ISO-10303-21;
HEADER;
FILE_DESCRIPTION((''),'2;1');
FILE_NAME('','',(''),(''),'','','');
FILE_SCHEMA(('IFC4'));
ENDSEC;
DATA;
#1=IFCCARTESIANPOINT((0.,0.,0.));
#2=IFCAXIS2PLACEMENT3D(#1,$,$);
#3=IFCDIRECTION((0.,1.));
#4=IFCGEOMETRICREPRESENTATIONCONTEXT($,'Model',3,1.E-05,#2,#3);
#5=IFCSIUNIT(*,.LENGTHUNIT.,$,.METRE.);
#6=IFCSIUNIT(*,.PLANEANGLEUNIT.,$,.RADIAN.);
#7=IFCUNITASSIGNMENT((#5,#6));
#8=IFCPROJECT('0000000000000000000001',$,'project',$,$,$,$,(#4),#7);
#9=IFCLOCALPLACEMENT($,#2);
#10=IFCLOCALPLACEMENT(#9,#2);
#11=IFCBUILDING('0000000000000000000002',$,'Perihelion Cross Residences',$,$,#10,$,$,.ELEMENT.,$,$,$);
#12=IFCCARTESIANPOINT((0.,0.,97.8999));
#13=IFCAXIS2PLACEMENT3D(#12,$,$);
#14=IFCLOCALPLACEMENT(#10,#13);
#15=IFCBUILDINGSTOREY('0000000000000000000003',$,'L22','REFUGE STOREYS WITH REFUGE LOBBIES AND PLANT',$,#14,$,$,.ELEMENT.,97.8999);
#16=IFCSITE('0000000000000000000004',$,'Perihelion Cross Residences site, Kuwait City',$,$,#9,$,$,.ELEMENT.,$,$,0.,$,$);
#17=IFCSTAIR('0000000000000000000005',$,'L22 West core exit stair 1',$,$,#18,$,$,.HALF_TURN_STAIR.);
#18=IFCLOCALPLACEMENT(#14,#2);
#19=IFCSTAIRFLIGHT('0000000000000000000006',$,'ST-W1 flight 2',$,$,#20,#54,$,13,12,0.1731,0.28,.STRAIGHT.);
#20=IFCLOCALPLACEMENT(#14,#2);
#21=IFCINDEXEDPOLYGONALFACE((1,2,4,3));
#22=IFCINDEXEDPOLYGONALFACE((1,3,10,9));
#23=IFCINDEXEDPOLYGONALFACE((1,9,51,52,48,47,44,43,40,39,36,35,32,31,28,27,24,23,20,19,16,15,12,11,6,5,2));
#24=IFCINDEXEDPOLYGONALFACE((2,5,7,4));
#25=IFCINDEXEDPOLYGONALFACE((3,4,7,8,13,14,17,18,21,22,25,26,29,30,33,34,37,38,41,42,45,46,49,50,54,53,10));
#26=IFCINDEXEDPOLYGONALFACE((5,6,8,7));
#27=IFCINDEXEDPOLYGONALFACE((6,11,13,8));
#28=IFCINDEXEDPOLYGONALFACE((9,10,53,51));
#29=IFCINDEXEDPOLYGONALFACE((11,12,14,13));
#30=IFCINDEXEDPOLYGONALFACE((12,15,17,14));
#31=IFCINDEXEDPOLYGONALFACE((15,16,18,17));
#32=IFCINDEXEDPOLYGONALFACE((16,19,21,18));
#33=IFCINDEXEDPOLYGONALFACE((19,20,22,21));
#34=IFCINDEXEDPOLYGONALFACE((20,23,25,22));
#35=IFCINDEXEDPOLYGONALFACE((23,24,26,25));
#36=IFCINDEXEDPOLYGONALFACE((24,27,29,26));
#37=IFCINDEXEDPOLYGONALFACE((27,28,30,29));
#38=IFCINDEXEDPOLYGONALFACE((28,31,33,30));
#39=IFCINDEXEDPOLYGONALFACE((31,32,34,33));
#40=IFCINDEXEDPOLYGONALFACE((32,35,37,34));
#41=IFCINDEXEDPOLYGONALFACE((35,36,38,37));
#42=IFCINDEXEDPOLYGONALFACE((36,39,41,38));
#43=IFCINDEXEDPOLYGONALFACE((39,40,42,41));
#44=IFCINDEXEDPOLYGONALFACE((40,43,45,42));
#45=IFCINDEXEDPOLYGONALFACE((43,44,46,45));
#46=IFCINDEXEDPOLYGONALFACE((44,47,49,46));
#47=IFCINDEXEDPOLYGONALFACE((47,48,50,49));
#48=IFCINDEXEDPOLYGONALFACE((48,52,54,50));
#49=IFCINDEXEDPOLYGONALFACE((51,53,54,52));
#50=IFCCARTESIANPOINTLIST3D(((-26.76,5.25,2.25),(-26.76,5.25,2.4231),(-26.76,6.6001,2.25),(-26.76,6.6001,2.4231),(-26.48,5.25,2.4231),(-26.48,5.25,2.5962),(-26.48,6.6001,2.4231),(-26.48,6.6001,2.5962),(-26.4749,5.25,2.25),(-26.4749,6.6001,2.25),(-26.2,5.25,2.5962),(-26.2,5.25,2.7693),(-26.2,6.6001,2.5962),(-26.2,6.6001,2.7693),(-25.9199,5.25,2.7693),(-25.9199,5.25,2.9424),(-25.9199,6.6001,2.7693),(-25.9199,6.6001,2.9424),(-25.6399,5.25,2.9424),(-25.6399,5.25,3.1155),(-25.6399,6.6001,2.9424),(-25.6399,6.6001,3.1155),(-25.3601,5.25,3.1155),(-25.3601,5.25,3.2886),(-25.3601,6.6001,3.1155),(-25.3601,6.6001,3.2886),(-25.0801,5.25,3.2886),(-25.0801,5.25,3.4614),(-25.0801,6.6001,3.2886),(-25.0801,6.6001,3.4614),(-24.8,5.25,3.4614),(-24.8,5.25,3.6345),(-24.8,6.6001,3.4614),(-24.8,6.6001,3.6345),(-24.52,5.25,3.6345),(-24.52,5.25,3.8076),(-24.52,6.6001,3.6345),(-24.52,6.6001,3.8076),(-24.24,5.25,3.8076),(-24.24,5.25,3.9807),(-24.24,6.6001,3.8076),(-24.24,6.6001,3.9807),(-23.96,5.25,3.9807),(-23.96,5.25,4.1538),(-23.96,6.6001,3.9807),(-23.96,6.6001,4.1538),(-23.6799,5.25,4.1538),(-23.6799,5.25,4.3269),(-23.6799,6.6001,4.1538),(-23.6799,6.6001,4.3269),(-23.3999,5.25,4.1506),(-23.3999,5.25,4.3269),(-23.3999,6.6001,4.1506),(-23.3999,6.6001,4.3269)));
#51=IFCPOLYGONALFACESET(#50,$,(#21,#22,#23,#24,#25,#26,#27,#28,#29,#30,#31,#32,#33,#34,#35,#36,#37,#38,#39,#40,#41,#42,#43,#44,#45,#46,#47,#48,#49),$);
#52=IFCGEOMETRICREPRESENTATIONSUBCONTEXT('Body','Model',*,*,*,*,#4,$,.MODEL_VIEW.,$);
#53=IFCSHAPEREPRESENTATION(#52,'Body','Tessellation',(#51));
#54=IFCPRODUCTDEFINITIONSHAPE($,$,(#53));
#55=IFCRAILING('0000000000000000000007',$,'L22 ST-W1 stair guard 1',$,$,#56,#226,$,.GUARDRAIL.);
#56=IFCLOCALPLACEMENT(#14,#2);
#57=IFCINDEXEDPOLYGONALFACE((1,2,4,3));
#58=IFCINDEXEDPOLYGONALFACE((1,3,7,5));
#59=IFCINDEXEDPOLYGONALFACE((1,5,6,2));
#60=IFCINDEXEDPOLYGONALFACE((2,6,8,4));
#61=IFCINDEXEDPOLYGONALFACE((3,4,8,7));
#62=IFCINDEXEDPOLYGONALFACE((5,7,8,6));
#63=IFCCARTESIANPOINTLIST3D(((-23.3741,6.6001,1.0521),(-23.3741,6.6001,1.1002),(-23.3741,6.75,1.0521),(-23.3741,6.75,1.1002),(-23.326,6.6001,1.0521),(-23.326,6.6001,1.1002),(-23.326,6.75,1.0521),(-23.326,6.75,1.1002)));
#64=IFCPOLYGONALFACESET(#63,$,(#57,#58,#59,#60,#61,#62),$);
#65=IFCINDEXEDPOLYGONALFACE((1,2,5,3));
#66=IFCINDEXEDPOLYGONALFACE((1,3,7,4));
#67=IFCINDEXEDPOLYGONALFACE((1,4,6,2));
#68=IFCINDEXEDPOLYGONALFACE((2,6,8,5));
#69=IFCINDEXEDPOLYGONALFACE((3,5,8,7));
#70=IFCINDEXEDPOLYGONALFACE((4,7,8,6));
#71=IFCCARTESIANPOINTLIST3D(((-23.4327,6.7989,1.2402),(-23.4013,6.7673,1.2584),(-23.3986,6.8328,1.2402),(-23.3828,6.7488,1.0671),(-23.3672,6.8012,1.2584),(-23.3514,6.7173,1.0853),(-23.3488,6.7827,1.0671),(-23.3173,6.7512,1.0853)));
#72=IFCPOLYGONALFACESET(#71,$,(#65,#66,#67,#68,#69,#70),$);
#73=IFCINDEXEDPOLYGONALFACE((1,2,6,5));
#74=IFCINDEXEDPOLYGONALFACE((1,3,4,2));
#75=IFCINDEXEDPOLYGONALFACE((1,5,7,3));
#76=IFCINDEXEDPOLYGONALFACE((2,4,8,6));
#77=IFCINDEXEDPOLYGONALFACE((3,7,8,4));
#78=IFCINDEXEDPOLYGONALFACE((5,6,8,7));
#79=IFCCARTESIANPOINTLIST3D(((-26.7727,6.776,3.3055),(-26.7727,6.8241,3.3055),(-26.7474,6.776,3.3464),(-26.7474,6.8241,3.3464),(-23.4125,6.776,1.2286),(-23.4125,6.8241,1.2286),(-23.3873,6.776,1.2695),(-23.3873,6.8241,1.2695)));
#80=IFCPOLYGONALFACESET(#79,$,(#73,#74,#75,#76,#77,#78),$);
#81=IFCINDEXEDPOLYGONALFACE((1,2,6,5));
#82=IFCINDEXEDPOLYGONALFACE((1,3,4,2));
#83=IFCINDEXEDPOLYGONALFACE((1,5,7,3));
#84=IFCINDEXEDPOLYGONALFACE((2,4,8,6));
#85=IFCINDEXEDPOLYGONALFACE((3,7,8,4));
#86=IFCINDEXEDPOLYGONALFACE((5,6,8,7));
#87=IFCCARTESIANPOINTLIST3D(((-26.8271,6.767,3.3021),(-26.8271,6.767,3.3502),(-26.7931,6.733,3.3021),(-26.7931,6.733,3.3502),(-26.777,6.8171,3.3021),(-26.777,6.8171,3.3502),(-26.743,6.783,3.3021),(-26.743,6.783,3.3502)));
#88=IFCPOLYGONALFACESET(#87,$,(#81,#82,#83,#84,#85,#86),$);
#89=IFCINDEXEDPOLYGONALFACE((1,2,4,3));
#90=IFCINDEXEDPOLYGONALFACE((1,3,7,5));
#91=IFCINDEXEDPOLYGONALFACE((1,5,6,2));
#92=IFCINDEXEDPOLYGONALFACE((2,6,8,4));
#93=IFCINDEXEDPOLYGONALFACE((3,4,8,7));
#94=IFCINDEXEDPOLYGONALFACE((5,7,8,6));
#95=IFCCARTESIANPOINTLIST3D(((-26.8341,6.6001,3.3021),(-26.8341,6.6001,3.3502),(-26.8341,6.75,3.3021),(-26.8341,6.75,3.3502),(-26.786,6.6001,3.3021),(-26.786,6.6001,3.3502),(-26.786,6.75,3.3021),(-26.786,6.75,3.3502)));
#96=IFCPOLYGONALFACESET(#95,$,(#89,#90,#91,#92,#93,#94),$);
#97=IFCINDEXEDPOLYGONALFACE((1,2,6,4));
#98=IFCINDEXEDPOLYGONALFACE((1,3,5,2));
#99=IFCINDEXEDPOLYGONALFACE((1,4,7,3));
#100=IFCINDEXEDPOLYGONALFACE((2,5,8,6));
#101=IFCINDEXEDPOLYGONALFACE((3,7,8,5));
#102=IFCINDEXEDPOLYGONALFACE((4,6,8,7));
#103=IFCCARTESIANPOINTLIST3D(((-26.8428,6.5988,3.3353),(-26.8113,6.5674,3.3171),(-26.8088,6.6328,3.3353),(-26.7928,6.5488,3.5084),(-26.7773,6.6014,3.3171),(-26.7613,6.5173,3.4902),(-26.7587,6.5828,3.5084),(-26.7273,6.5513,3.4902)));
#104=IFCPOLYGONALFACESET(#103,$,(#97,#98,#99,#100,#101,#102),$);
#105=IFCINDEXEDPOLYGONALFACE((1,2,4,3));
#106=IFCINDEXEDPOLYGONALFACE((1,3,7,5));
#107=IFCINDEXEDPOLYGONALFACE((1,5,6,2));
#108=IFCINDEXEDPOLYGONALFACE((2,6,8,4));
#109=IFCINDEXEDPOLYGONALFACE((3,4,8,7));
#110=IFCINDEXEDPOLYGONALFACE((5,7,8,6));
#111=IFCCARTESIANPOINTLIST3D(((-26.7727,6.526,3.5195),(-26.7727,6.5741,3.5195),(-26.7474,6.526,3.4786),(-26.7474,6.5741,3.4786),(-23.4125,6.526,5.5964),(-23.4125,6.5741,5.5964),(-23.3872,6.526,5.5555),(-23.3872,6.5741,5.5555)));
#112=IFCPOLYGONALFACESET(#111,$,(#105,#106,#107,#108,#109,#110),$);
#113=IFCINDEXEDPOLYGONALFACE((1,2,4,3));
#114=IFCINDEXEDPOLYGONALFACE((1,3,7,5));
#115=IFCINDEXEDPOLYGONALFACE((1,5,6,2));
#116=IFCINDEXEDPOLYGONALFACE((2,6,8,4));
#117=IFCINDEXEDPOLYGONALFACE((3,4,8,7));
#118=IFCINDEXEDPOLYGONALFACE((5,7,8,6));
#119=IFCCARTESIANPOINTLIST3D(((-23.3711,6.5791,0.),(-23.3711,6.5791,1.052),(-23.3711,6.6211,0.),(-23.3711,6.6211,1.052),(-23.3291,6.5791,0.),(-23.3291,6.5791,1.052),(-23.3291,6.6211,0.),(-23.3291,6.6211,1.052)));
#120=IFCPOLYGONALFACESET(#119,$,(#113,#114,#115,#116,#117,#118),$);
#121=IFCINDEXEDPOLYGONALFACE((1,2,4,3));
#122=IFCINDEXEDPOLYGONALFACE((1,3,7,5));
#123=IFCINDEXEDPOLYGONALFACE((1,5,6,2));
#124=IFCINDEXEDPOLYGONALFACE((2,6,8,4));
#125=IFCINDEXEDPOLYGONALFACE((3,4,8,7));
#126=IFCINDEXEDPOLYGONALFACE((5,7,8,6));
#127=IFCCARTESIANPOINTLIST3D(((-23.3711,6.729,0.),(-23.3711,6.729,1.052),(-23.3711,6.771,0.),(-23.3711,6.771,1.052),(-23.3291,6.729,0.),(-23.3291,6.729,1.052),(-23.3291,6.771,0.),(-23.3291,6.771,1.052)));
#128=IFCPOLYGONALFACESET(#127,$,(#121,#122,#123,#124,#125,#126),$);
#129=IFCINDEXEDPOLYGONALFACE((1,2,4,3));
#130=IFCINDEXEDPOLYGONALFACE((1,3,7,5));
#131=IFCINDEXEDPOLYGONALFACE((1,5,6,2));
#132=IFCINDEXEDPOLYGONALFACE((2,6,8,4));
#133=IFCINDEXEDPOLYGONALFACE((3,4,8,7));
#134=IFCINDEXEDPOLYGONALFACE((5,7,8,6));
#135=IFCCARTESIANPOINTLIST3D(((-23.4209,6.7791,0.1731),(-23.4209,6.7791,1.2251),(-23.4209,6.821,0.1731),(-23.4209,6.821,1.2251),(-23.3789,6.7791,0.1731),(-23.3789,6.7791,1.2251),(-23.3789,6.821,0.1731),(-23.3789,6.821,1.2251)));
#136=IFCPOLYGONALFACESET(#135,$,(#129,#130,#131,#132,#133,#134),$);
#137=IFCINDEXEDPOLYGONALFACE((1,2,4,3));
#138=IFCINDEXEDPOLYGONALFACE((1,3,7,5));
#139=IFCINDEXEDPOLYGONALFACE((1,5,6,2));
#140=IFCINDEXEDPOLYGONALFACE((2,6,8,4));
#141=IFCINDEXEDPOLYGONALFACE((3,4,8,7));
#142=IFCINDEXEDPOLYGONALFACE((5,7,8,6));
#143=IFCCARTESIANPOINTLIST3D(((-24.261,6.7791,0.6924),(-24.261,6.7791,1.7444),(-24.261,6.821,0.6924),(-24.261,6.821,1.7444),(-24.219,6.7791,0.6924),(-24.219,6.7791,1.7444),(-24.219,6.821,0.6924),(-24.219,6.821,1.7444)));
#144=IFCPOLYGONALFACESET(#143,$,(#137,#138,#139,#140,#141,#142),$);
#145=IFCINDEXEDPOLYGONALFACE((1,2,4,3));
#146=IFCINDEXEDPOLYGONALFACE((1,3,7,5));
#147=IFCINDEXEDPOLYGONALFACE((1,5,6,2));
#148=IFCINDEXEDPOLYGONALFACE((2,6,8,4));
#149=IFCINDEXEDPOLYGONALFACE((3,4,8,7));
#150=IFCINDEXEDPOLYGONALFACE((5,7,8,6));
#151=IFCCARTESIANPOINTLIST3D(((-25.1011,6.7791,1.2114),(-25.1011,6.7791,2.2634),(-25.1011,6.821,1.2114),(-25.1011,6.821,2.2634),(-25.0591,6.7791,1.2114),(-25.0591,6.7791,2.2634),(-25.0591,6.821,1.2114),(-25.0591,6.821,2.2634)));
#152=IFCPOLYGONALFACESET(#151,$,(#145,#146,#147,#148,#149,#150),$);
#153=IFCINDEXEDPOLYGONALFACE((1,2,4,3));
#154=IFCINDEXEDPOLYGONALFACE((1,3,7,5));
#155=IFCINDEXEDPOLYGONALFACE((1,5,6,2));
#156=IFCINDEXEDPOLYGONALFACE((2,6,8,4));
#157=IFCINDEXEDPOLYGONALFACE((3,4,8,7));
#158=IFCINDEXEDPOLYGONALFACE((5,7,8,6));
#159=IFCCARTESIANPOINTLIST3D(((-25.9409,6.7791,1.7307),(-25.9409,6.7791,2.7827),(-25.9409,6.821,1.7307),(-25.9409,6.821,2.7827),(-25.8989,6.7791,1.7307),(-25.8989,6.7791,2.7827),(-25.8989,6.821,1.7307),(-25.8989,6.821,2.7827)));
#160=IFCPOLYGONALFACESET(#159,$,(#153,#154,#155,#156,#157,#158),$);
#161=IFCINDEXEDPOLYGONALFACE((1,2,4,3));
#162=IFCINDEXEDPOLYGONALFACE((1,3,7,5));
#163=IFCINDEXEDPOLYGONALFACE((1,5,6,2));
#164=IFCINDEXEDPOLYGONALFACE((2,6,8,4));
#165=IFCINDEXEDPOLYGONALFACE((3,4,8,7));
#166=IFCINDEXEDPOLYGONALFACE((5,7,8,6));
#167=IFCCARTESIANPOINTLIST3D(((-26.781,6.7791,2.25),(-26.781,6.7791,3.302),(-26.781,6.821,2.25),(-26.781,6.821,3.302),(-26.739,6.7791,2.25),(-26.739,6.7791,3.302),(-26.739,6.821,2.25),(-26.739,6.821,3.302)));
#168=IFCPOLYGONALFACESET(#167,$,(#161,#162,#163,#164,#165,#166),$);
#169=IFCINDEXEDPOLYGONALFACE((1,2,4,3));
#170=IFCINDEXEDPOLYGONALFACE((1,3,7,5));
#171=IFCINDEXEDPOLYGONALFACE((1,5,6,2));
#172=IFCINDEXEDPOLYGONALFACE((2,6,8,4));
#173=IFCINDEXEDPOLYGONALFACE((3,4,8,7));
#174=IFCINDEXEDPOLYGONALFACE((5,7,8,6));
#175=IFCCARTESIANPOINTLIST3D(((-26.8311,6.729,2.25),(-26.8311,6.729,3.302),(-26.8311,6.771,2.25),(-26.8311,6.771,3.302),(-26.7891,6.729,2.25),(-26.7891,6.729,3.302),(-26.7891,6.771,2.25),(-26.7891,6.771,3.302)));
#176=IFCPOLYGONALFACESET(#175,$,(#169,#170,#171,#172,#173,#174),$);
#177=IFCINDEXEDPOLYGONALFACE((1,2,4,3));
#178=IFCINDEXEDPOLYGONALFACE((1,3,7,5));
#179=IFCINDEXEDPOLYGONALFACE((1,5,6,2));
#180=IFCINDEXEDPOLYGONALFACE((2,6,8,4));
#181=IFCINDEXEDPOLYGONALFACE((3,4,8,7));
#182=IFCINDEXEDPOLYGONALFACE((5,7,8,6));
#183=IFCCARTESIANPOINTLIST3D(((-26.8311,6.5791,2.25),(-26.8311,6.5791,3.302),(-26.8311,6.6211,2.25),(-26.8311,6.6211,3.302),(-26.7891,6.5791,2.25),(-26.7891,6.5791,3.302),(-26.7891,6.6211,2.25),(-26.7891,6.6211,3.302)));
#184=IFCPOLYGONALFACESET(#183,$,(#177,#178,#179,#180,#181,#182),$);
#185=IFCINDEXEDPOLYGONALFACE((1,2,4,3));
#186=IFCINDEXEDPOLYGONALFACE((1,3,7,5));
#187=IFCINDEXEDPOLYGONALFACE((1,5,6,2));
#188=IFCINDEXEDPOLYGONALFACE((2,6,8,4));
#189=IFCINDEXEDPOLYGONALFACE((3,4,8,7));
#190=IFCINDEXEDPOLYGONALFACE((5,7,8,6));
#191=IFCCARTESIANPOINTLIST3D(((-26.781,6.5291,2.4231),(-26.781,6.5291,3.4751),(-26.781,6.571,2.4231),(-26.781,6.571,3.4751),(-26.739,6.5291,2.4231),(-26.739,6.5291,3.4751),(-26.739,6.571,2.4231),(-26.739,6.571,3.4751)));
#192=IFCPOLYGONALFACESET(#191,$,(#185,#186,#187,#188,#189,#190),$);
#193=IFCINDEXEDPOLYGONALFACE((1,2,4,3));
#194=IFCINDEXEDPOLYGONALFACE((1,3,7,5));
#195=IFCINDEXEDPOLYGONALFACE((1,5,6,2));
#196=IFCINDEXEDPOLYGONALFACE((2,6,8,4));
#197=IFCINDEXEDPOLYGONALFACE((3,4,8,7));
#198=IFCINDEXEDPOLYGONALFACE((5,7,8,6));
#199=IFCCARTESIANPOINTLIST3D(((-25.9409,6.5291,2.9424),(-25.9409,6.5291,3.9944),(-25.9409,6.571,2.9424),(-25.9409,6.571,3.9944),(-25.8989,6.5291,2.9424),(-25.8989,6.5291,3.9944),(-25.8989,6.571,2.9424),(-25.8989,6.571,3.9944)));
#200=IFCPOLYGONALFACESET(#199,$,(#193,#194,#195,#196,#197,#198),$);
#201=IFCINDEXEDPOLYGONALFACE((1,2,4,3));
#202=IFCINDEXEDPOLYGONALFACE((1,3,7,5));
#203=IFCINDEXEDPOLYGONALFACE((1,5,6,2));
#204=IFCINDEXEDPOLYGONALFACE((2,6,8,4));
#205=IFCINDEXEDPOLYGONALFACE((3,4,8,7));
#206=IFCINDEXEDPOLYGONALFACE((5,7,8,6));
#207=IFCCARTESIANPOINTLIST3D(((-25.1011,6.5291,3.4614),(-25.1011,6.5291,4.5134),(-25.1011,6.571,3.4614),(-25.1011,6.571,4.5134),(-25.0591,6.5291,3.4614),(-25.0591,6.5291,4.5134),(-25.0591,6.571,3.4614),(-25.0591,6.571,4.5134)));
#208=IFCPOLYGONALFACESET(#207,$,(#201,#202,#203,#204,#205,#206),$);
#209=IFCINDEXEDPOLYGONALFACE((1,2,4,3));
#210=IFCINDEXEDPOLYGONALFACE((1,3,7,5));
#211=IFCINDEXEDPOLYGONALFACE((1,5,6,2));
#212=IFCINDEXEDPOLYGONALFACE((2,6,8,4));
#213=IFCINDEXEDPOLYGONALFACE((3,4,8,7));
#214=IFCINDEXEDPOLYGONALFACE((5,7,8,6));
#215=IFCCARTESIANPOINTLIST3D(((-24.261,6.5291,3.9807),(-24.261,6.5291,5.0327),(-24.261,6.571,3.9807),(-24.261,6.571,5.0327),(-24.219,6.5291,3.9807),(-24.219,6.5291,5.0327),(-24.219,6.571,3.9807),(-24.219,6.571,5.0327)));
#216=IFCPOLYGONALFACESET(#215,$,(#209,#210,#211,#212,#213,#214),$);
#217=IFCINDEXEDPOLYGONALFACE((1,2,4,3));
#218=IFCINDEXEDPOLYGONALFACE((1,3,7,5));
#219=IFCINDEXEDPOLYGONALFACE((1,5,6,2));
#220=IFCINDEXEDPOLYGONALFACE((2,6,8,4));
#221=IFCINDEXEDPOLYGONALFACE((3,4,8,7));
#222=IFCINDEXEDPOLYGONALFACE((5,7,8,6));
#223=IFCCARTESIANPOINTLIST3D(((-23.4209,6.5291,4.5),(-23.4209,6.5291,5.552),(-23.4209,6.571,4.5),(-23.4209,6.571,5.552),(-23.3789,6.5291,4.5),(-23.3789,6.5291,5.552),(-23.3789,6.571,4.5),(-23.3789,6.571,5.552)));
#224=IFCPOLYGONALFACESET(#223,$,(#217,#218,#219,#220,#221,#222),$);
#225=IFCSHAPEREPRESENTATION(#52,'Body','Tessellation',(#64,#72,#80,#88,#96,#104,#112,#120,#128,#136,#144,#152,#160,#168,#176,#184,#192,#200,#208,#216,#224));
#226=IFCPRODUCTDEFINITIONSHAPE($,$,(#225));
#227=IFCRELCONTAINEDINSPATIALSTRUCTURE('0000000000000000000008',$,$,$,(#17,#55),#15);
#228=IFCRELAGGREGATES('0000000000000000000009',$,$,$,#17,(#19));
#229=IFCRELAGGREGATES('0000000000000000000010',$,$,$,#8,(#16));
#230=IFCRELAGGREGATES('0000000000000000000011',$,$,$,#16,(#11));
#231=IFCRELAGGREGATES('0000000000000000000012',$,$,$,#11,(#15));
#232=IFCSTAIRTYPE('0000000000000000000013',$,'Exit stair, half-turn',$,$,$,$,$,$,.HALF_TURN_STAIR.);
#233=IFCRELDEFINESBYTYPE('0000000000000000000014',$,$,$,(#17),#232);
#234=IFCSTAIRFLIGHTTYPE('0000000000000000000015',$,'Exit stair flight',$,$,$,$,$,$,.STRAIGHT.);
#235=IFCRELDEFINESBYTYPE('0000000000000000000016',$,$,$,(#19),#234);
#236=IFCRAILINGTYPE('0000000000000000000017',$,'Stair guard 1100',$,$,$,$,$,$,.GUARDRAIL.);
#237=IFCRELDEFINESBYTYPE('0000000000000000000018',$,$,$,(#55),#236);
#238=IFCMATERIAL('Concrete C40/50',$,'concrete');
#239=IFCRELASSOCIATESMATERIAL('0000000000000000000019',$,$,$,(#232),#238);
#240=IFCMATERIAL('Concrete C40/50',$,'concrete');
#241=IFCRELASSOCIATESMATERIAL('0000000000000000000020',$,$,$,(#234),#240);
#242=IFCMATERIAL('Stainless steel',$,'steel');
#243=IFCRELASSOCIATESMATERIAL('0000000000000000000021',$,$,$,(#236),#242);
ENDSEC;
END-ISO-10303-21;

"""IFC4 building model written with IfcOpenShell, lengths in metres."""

from ifc_helpers import new_model, si_unit, direction, frame, origin, origin_2d, place, context, subcontext, project, spatial, polyline, rectangle, outline, extrude, material, type_object, element, aggregate, save


model = new_model("IFC4")

# Units and contexts
model_context = context("Model", 3, precision=1e-05, world=origin(), true_north=direction((0.0, 1.0)))
body_context = subcontext(model_context, "Body", "Model", "MODEL_VIEW")
ifc_project = project(units=[si_unit("LENGTHUNIT", "METRE"), si_unit("PLANEANGLEUNIT", "RADIAN")], contexts=[model_context])

# Site, building, storey
site_placement = place(None, origin())
site = spatial("IfcSite", under=ifc_project, at=site_placement, Name="Perihelion Cross Residences site, Kuwait City", CompositionType="ELEMENT", RefElevation=0.0)
building_placement = place(site_placement, origin())
building = spatial("IfcBuilding", under=site, at=building_placement, Name="Perihelion Cross Residences", CompositionType="ELEMENT")
storey_placement = place(building_placement, frame((0.0, 0.0, 97.8999)))
storey = spatial("IfcBuildingStorey", under=building, at=storey_placement, Name="L22", Description="REFUGE STOREYS WITH REFUGE LOBBIES AND PLANT", CompositionType="ELEMENT", Elevation=97.8999)

# Stair, stair flight
ifc_material_1 = material(Name="Concrete C40/50", Category="concrete")
stair_type = type_object("IfcStairType", Name="Exit stair, half-turn", PredefinedType="HALF_TURN_STAIR", material=ifc_material_1)
stair_placement = place(storey_placement, origin())
stair = element("IfcStair", 1, at=stair_placement, inside=storey, type_object=stair_type, Name="L22 West core exit stair 1", PredefinedType="HALF_TURN_STAIR")
ifc_material_2 = material(Name="Concrete C40/50", Category="concrete")
stair_flight_type = type_object("IfcStairFlightType", Name="Exit stair flight", PredefinedType="STRAIGHT", material=ifc_material_2)
stair_flight_1_placement = place(storey_placement, frame((-26.76, 5.925, 2.25), z_axis=(0.0, 0.0, 1.0), x_axis=(1.0, 0.0, 0.0)))
stair_flight_1 = element("IfcStairFlight", 2, at=stair_flight_1_placement, type_object=stair_flight_type, Name="ST-W1 flight 2", NumberOfRisers=13, NumberOfTreads=12, PredefinedType="STRAIGHT", RiserHeight=0.1731, TreadLength=0.28, context=body_context, shape_type="SweptSolid", body=[
    extrude(outline(polyline([(0.0, 0.0), (0.0, 0.1731), (0.28, 0.1731), (0.28, 0.3462), (0.5601, 0.3462), (0.5601, 0.5193), (0.8401, 0.5193), (0.8401, 0.6924), (1.1201, 0.6924), (1.1201, 0.8655), (1.3999, 0.8655), (1.3999, 1.0386), (1.6799, 1.0386), (1.6799, 1.2114), (1.96, 1.2114), (1.96, 1.3845), (2.24, 1.3845), (2.24, 1.5576), (2.52, 1.5576), (2.52, 1.7307), (2.8, 1.7307), (2.8, 1.9038), (3.0801, 1.9038), (3.0801, 2.0769), (3.3601, 2.0769), (3.3601, 2.25), (3.3601, 1.9006), (0.2852, 0.0), (0.0, 0.0)])), frame((0.0, 0.675, 0.0), z_axis=(0.0, -1.0, 0.0), x_axis=(1.0, 0.0, 0.0)), (0.0, 0.0, 1.0), 1.3501),
])
aggregate(stair, [stair_flight_1])

# Railing
ifc_material_3 = material(Name="Stainless steel", Category="steel")
railing_type_1 = type_object("IfcRailingType", Name="Stair guard 1100", PredefinedType="GUARDRAIL", material=ifc_material_3)
railing_1_placement = place(storey_placement, frame((-23.3501, 6.6001, 0.0)))
element("IfcRailing", 3, at=railing_1_placement, inside=storey, type_object=railing_type_1, Name="L22 ST-W1 stair guard 1", PredefinedType="GUARDRAIL", context=body_context, shape_type="SweptSolid", body=[
    extrude(rectangle(XDim=0.0481, YDim=0.0481, at=origin_2d()), frame((0.0, 0.0, 1.0762), z_axis=(0.0, 1.0, 0.0), x_axis=(-1.0, 0.0, 0.0)), (0.0, 0.0, 1.0), 0.1499),
    extrude(rectangle(XDim=0.0481, YDim=0.0481, at=origin_2d()), frame((0.0, 0.1499, 1.0762), z_axis=(-0.266417, 0.267723, 0.92593), x_axis=(-0.708834, -0.705376, 0.0)), (0.0, 0.0, 1.0), 0.187),
    extrude(rectangle(XDim=0.0481, YDim=0.0481, at=origin_2d()), frame((-0.0498, 0.2, 1.249), z_axis=(-0.850623, 0.0, 0.525776), x_axis=(0.0, -1.0, 0.0)), (0.0, 0.0, 1.0), 3.9502),
    extrude(rectangle(XDim=0.0481, YDim=0.0481, at=origin_2d()), frame((-3.4099, 0.2, 3.3262), z_axis=(-0.707107, -0.707107, 0.0), x_axis=(0.707107, -0.707107, 0.0)), (0.0, 0.0, 1.0), 0.0708),
    extrude(rectangle(XDim=0.0481, YDim=0.0481, at=origin_2d()), frame((-3.46, 0.1499, 3.3262), z_axis=(0.0, -1.0, 0.0), x_axis=(1.0, 0.0, 0.0)), (0.0, 0.0, 1.0), 0.1499),
    extrude(rectangle(XDim=0.0481, YDim=0.0481, at=origin_2d()), frame((-3.46, 0.0, 3.3262), z_axis=(0.26763, -0.26763, 0.925607), x_axis=(0.707107, 0.707107, 0.0)), (0.0, 0.0, 1.0), 0.187),
    extrude(rectangle(XDim=0.0481, YDim=0.0481, at=origin_2d()), frame((-3.4099, -0.05, 3.499), z_axis=(0.850623, 0.0, 0.525776), x_axis=(0.0, 1.0, 0.0)), (0.0, 0.0, 1.0), 3.9502),
    extrude(rectangle(XDim=0.042, YDim=0.042, at=origin_2d()), origin(), (0.0, 0.0, 1.0), 1.052),
    extrude(rectangle(XDim=0.042, YDim=0.042, at=origin_2d()), frame((0.0, 0.1499, 0.0)), (0.0, 0.0, 1.0), 1.052),
    extrude(rectangle(XDim=0.042, YDim=0.042, at=origin_2d()), frame((-0.0498, 0.2, 0.1731)), (0.0, 0.0, 1.0), 1.052),
    extrude(rectangle(XDim=0.042, YDim=0.042, at=origin_2d()), frame((-0.8899, 0.2, 0.6924)), (0.0, 0.0, 1.0), 1.052),
    extrude(rectangle(XDim=0.042, YDim=0.042, at=origin_2d()), frame((-1.73, 0.2, 1.2114)), (0.0, 0.0, 1.0), 1.052),
    extrude(rectangle(XDim=0.042, YDim=0.042, at=origin_2d()), frame((-2.5698, 0.2, 1.7307)), (0.0, 0.0, 1.0), 1.052),
    extrude(rectangle(XDim=0.042, YDim=0.042, at=origin_2d()), frame((-3.4099, 0.2, 2.25)), (0.0, 0.0, 1.0), 1.052),
    extrude(rectangle(XDim=0.042, YDim=0.042, at=origin_2d()), frame((-3.46, 0.1499, 2.25)), (0.0, 0.0, 1.0), 1.052),
    extrude(rectangle(XDim=0.042, YDim=0.042, at=origin_2d()), frame((-3.46, 0.0, 2.25)), (0.0, 0.0, 1.0), 1.052),
    extrude(rectangle(XDim=0.042, YDim=0.042, at=origin_2d()), frame((-3.4099, -0.05, 2.4231)), (0.0, 0.0, 1.0), 1.052),
    extrude(rectangle(XDim=0.042, YDim=0.042, at=origin_2d()), frame((-2.5698, -0.05, 2.9424)), (0.0, 0.0, 1.0), 1.052),
    extrude(rectangle(XDim=0.042, YDim=0.042, at=origin_2d()), frame((-1.73, -0.05, 3.4614)), (0.0, 0.0, 1.0), 1.052),
    extrude(rectangle(XDim=0.042, YDim=0.042, at=origin_2d()), frame((-0.8899, -0.05, 3.9807)), (0.0, 0.0, 1.0), 1.052),
    extrude(rectangle(XDim=0.042, YDim=0.042, at=origin_2d()), frame((-0.0498, -0.05, 4.5)), (0.0, 0.0, 1.0), 1.052),
])

save(model, "model.ifc")
